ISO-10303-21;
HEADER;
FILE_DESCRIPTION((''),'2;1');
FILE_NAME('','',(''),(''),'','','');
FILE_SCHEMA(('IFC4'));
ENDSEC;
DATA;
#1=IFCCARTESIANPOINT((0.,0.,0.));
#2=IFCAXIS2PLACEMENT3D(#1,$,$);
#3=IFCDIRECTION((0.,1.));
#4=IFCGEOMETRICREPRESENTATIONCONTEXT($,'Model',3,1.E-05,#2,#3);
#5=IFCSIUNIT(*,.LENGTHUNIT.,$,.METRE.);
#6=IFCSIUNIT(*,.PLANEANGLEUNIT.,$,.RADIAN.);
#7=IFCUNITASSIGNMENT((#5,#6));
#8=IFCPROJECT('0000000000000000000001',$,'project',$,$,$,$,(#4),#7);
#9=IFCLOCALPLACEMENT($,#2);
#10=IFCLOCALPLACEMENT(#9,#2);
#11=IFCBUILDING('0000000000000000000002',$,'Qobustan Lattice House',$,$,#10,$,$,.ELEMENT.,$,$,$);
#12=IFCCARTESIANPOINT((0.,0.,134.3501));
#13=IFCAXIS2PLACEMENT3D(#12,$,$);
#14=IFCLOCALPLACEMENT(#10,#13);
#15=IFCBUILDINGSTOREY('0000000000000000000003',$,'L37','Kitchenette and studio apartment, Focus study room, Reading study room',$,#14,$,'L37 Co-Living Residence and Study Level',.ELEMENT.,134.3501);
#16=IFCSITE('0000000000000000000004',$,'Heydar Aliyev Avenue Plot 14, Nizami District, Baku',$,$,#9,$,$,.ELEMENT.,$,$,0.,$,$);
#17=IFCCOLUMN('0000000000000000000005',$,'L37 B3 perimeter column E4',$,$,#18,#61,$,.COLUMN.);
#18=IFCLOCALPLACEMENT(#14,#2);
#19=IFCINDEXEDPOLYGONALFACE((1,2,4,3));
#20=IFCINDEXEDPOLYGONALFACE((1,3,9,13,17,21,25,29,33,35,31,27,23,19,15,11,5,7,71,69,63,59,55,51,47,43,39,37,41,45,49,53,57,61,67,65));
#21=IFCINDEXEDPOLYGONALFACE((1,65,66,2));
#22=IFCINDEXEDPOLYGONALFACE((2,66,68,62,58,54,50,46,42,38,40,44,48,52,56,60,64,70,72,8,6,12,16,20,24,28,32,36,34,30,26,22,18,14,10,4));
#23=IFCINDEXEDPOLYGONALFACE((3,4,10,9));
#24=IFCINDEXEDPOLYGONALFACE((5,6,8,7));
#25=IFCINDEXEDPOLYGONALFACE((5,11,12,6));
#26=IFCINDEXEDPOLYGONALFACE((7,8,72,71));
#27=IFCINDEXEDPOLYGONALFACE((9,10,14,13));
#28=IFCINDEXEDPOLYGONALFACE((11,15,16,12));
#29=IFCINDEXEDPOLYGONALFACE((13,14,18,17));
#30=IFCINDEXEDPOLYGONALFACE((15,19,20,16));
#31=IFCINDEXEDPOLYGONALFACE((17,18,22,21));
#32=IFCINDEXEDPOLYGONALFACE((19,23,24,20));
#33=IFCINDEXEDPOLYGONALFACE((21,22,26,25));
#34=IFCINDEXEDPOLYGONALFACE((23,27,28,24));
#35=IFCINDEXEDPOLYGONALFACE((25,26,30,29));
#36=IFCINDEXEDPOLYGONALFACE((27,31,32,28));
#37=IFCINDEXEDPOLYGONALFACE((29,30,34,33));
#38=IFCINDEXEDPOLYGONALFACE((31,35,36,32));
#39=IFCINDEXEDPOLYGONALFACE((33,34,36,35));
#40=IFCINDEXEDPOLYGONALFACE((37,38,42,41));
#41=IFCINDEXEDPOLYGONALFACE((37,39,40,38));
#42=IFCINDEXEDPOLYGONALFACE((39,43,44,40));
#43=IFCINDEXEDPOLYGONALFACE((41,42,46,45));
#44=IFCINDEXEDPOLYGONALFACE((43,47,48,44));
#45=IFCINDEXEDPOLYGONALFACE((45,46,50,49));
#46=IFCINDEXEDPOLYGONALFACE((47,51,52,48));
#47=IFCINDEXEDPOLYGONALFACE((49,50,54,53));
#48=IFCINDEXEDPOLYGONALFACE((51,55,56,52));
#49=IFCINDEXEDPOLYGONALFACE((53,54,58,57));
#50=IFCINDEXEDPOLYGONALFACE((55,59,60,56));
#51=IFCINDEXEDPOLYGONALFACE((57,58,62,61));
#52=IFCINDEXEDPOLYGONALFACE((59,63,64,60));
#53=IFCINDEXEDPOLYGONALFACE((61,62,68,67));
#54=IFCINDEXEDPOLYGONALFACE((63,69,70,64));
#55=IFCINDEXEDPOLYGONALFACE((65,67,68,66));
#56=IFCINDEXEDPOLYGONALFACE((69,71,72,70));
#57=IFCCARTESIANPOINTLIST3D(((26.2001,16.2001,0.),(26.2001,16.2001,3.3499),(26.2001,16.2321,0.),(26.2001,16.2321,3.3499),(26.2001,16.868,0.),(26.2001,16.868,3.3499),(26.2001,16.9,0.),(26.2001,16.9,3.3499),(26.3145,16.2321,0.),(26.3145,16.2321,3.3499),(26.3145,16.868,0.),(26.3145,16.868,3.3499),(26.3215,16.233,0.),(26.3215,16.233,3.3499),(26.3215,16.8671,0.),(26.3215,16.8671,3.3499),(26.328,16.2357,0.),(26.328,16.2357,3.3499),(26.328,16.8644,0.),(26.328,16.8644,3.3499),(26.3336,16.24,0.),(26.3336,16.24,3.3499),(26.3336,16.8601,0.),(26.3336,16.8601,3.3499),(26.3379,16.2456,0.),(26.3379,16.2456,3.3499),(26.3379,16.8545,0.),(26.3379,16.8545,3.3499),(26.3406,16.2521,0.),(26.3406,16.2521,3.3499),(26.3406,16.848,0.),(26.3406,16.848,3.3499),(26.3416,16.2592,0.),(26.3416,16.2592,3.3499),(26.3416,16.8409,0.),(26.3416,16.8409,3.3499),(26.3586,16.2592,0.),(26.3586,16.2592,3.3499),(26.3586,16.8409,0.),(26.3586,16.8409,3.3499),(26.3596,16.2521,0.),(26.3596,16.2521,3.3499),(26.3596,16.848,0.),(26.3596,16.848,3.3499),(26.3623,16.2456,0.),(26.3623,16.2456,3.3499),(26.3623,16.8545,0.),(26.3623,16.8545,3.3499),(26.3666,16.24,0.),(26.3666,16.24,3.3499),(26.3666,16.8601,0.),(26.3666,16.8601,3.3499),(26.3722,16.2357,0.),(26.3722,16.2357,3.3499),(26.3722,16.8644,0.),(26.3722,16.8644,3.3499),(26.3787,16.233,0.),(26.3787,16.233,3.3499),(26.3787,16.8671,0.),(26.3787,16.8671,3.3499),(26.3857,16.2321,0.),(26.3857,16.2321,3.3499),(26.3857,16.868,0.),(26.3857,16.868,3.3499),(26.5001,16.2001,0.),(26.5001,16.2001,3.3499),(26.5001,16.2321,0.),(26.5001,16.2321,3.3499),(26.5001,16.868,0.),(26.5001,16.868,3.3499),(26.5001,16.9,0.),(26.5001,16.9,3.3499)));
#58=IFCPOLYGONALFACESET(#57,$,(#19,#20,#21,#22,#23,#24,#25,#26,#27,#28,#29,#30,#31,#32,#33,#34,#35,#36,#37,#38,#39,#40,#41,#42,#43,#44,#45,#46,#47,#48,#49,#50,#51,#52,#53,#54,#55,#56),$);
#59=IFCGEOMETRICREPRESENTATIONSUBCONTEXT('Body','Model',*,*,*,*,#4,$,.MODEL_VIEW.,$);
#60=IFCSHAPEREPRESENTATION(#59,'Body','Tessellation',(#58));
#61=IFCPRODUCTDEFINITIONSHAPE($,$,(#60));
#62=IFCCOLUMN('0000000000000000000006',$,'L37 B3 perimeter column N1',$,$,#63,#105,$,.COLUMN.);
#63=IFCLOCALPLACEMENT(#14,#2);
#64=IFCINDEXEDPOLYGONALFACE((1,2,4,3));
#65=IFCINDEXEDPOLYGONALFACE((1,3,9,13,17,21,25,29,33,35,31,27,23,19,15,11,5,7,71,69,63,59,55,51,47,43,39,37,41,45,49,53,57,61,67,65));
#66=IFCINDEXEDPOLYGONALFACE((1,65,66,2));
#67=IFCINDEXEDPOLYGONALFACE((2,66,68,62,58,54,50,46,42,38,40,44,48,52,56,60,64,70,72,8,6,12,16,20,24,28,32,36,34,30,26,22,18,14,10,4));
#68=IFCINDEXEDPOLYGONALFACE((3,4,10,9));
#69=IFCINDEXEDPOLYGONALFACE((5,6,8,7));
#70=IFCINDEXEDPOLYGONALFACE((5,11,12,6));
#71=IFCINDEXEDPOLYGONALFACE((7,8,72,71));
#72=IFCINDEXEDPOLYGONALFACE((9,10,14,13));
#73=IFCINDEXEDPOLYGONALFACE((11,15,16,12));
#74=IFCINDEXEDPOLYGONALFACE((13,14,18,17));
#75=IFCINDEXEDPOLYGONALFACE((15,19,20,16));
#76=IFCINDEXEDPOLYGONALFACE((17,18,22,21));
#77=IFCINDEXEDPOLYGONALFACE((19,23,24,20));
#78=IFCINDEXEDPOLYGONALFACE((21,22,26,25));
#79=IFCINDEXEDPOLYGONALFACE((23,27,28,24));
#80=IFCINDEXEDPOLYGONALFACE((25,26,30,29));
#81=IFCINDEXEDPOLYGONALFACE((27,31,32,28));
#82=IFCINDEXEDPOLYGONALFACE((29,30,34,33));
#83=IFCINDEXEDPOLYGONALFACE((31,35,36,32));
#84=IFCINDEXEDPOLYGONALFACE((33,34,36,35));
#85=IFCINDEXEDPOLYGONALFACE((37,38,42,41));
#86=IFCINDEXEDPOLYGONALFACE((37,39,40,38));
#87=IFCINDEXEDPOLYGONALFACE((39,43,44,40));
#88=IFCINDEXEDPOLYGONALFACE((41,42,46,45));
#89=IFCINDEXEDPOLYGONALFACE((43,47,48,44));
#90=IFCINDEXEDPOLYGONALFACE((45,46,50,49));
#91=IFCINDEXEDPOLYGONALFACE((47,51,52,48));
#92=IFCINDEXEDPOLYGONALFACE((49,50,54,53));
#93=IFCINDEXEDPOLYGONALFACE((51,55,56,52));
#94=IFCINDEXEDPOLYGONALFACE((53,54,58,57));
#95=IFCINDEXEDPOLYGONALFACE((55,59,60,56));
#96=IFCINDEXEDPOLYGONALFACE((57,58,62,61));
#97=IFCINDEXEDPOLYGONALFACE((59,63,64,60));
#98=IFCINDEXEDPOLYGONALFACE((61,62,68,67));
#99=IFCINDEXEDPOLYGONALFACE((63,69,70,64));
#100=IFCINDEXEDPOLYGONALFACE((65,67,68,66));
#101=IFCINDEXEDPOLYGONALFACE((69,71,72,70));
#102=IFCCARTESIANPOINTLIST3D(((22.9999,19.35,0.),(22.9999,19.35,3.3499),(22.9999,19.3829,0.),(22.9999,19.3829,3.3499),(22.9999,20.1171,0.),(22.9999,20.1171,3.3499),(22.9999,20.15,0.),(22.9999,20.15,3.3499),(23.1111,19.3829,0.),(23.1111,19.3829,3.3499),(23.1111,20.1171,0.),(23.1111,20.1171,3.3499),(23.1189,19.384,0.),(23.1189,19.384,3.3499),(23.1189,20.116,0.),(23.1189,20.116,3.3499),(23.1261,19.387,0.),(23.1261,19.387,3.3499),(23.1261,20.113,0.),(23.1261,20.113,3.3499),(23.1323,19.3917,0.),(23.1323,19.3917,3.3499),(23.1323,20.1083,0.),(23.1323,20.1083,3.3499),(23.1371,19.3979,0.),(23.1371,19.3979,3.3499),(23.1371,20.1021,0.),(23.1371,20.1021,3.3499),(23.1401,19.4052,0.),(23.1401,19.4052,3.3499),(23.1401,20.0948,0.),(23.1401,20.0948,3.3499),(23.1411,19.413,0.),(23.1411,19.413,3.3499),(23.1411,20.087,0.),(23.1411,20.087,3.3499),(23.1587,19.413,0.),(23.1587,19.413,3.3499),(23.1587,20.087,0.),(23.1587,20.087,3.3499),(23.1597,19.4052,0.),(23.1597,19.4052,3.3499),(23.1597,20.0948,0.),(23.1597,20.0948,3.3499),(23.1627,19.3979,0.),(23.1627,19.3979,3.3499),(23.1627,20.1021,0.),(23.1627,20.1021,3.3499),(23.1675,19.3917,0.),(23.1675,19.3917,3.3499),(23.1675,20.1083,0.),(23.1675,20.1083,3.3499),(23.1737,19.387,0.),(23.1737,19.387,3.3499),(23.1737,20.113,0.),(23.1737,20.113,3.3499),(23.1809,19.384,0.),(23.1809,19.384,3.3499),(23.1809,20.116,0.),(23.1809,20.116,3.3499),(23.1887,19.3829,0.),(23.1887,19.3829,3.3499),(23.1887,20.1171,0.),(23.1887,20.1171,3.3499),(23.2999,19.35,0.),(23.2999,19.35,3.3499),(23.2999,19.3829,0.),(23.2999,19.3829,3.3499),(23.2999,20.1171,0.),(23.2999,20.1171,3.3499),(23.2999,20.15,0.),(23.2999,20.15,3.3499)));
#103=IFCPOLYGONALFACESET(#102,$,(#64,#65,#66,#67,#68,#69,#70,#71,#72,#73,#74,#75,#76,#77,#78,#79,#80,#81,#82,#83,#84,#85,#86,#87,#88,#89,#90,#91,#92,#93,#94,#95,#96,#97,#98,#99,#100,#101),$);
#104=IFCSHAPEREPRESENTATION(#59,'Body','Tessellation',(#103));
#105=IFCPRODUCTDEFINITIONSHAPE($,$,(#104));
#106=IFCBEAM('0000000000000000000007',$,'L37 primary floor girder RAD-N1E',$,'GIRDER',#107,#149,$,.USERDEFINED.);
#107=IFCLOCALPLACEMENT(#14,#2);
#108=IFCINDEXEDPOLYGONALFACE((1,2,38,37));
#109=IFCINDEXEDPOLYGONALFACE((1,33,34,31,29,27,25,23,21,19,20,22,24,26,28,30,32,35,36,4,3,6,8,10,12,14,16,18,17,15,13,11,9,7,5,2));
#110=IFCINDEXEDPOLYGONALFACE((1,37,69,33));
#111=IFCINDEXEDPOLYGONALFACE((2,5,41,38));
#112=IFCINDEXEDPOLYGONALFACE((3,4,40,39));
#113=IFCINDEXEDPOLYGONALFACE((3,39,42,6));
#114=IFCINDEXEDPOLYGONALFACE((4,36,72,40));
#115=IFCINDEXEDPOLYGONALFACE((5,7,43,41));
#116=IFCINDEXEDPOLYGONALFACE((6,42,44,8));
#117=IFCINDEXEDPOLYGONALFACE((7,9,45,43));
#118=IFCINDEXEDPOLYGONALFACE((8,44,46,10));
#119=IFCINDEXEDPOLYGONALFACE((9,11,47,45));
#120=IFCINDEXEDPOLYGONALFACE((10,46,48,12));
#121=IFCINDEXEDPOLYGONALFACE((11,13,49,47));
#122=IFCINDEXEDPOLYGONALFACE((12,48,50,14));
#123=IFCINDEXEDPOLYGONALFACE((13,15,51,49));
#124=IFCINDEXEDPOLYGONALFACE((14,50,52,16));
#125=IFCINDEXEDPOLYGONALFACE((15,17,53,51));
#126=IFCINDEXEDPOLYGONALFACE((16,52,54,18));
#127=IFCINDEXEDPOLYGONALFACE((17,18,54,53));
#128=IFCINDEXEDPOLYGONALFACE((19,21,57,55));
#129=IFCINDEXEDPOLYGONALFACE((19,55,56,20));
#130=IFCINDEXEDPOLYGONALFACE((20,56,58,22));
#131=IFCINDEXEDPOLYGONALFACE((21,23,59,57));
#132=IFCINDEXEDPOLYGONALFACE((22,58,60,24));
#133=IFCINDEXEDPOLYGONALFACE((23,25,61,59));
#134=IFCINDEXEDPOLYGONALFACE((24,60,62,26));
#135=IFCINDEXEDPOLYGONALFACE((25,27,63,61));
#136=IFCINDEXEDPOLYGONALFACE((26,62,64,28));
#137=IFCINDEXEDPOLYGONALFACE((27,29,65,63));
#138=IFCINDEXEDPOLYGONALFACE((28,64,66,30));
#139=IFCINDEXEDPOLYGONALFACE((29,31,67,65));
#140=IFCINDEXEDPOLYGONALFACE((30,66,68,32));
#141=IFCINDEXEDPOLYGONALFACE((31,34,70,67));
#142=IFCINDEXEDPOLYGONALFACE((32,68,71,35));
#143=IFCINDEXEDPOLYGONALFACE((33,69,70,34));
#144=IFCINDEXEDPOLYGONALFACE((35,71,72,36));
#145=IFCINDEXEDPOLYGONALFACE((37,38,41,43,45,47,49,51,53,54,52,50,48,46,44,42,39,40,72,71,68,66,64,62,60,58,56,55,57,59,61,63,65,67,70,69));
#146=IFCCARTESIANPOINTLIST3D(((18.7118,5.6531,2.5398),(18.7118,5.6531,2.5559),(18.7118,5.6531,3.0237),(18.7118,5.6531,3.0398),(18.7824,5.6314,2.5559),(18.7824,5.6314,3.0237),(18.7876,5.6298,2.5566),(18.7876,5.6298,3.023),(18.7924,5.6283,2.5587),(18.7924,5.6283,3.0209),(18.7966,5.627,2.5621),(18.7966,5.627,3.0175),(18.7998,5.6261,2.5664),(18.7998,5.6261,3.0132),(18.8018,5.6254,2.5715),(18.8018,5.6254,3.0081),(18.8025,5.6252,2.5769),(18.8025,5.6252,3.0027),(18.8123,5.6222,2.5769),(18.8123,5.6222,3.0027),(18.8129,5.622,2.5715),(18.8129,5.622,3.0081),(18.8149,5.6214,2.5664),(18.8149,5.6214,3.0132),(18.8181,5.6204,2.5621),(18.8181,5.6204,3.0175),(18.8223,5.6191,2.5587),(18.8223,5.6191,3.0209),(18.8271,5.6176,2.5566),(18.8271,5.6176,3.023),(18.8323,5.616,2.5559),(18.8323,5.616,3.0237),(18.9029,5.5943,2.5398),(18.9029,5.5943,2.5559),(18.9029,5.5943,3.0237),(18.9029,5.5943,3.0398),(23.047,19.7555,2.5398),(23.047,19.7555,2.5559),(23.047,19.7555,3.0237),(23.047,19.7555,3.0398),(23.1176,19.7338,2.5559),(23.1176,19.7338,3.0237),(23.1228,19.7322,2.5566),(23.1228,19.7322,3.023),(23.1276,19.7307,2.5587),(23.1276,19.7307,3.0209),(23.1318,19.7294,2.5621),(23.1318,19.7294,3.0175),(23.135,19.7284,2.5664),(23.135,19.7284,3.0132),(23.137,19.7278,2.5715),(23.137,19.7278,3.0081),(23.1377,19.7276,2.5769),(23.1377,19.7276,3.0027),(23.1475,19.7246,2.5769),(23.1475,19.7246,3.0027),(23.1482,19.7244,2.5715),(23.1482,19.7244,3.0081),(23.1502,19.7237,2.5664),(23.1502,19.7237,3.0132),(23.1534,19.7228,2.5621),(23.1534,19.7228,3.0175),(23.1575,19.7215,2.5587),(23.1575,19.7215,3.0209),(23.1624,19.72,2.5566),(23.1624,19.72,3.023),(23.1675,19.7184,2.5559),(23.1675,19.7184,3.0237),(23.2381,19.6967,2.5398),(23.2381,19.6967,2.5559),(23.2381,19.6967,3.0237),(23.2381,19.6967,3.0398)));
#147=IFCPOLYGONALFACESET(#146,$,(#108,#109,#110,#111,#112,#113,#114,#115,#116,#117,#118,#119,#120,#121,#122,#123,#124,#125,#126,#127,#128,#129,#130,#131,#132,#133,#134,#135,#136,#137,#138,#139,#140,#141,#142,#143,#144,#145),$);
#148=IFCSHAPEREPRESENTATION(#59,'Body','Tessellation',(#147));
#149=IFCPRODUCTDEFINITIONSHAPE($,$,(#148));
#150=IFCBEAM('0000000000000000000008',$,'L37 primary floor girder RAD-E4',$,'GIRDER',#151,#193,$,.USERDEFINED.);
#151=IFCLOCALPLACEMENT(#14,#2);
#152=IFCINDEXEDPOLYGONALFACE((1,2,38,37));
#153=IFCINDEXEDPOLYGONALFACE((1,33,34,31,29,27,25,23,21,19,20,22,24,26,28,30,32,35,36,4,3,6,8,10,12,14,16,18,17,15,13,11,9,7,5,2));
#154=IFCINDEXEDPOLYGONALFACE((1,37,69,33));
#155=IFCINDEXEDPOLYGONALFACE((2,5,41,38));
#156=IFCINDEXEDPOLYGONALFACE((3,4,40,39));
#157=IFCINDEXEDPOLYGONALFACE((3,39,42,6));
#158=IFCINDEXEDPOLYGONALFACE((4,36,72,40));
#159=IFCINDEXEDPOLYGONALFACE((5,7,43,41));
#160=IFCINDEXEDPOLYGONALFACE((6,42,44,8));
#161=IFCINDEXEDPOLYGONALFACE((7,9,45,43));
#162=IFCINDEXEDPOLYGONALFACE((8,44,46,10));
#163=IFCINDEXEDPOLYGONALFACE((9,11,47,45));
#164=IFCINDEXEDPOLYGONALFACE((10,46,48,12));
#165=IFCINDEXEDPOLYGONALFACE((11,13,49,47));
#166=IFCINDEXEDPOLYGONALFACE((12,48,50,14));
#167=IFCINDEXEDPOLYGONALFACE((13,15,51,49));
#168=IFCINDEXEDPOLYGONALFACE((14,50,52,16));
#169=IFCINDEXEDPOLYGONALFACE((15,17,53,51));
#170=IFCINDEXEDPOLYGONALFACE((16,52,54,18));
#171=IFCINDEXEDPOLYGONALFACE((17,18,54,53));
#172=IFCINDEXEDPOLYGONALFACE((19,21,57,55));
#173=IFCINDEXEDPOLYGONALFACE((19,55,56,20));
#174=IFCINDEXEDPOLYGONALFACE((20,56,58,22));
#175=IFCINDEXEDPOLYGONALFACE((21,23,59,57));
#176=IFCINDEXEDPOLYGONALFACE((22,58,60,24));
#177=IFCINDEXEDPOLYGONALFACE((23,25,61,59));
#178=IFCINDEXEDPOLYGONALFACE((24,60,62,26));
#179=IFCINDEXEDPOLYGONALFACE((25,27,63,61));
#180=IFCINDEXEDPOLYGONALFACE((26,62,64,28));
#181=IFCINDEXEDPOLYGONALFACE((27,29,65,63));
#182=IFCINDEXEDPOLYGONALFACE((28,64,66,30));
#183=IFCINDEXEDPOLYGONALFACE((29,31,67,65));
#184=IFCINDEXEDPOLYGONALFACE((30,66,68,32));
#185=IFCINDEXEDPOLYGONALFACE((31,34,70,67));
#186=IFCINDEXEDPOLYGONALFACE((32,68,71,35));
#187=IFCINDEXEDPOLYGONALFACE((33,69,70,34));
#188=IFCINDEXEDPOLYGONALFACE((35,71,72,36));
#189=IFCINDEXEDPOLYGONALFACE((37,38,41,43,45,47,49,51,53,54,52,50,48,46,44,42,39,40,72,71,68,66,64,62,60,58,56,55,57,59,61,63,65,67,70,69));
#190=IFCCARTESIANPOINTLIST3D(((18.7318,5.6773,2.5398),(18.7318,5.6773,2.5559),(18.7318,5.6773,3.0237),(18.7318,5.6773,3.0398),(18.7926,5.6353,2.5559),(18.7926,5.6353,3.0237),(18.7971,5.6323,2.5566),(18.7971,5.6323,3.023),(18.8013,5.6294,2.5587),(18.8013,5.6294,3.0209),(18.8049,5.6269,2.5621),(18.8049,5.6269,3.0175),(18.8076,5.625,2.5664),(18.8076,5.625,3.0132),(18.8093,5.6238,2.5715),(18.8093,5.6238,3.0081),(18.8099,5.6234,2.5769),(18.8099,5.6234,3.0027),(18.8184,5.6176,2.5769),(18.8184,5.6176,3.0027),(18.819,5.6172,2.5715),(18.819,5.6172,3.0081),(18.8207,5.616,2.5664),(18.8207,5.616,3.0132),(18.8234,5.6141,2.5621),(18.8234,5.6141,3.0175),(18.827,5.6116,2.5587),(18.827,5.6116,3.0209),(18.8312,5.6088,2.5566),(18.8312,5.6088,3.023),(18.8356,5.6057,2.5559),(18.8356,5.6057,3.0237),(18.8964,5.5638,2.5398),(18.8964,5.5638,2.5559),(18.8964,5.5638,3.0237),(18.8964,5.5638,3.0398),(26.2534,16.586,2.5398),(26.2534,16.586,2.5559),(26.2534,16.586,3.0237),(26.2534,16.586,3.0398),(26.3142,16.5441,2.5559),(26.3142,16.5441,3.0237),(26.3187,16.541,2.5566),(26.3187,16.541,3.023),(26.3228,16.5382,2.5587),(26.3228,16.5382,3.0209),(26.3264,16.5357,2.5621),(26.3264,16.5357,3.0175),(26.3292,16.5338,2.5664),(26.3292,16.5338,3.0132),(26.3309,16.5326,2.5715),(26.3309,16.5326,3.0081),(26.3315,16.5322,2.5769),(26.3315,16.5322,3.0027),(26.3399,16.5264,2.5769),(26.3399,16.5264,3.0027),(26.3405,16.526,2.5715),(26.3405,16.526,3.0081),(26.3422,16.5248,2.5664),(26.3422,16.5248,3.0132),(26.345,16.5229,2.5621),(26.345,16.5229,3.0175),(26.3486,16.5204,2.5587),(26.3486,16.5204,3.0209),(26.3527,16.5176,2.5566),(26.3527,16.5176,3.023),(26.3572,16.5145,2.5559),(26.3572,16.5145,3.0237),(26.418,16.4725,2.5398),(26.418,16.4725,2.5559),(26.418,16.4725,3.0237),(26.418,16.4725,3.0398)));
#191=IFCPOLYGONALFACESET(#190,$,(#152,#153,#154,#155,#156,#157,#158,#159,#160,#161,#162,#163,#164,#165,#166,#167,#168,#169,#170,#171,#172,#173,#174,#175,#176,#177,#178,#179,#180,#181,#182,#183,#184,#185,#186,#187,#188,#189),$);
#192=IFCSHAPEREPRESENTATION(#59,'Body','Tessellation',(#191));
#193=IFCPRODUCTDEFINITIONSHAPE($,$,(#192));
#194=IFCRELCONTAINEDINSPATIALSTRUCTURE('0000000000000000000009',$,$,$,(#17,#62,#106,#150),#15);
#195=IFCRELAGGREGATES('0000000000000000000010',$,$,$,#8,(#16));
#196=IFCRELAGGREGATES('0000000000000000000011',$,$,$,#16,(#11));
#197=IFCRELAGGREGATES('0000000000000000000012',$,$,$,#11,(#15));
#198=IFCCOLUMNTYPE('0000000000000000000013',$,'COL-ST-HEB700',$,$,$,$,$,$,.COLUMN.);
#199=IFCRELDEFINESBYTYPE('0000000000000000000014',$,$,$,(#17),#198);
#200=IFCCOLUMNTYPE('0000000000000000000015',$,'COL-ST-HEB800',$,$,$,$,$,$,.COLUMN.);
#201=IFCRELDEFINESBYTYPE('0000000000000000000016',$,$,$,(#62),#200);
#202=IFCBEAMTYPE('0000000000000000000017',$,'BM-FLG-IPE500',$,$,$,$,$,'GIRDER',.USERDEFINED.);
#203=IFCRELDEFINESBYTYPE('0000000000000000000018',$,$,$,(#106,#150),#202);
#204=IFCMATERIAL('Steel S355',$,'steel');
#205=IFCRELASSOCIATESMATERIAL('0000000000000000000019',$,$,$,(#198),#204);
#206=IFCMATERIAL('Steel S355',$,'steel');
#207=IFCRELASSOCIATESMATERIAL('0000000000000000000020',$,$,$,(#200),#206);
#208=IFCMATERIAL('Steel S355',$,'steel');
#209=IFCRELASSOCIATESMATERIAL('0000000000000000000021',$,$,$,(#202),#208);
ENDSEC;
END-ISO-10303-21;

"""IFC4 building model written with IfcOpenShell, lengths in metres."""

from ifc_helpers import new_model, si_unit, direction, frame, origin, origin_2d, place, context, subcontext, project, spatial, i_section, extrude, material, material_profile, profile_set, type_object, element, save


model = new_model("IFC4")

# Units and contexts
model_context = context("Model", 3, precision=1e-05, world=origin(), true_north=direction((0.0, 1.0)))
body_context = subcontext(model_context, "Body", "Model", "MODEL_VIEW")
ifc_project = project(units=[si_unit("LENGTHUNIT", "METRE"), si_unit("PLANEANGLEUNIT", "RADIAN")], contexts=[model_context])

# Site, building, storey
site_placement = place(None, origin())
site = spatial("IfcSite", under=ifc_project, at=site_placement, Name="Heydar Aliyev Avenue Plot 14, Nizami District, Baku", CompositionType="ELEMENT", RefElevation=0.0)
building_placement = place(site_placement, origin())
building = spatial("IfcBuilding", under=site, at=building_placement, Name="Qobustan Lattice House", CompositionType="ELEMENT")
storey_placement = place(building_placement, frame((0.0, 0.0, 134.3501)))
storey = spatial("IfcBuildingStorey", under=building, at=storey_placement, Name="L37", Description="Kitchenette and studio apartment, Focus study room, Reading study room", LongName="L37 Co-Living Residence and Study Level", CompositionType="ELEMENT", Elevation=134.3501)

# Columns
ifc_material_1 = material(Name="Steel S355", Category="steel")
ifc_material_profile_1 = material_profile(ifc_material_1, i_section(OverallWidth=0.3, OverallDepth=0.7, WebThickness=0.0171, FlangeThickness=0.032, FilletRadius=0.0271, at=origin_2d()), Name="HEB700")
ifc_profile_set_1 = profile_set([ifc_material_profile_1], Name="Steel S355")
column_type_1 = type_object("IfcColumnType", Name="COL-ST-HEB700", PredefinedType="COLUMN", material=ifc_profile_set_1)
column_1_placement = place(storey_placement, frame((26.3501, 16.55, 0.0), z_axis=(0.0, 0.0, 1.0), x_axis=(1.0, 0.0, 0.0)))
element("IfcColumn", 1, at=column_1_placement, inside=storey, type_object=column_type_1, Name="L37 B3 perimeter column E4", PredefinedType="COLUMN", context=body_context, shape_type="SweptSolid", body=[
    extrude(i_section(OverallWidth=0.3, OverallDepth=0.7, WebThickness=0.0171, FlangeThickness=0.032, FilletRadius=0.0271, at=origin_2d()), origin(), (0.0, 0.0, 1.0), 3.3499),
])
ifc_material_2 = material(Name="Steel S355", Category="steel")
ifc_material_profile_2 = material_profile(ifc_material_2, i_section(OverallWidth=0.3, OverallDepth=0.8, WebThickness=0.0176, FlangeThickness=0.033, FilletRadius=0.03, at=origin_2d()), Name="HEB800")
ifc_profile_set_2 = profile_set([ifc_material_profile_2], Name="Steel S355")
column_type_2 = type_object("IfcColumnType", Name="COL-ST-HEB800", PredefinedType="COLUMN", material=ifc_profile_set_2)
column_2_placement = place(storey_placement, frame((23.1499, 19.75, 0.0), z_axis=(0.0, 0.0, 1.0), x_axis=(1.0, 0.0, 0.0)))
element("IfcColumn", 2, at=column_2_placement, inside=storey, type_object=column_type_2, Name="L37 B3 perimeter column N1", PredefinedType="COLUMN", context=body_context, shape_type="SweptSolid", body=[
    extrude(i_section(OverallWidth=0.3, OverallDepth=0.8, WebThickness=0.0176, FlangeThickness=0.033, FilletRadius=0.03, at=origin_2d()), origin(), (0.0, 0.0, 1.0), 3.3499),
])

# Beams
ifc_material_3 = material(Name="Steel S355", Category="steel")
ifc_material_profile_3 = material_profile(ifc_material_3, i_section(OverallWidth=0.2, OverallDepth=0.5, WebThickness=0.0103, FlangeThickness=0.0161, FilletRadius=0.021, at=origin_2d()), Name="IPE500")
ifc_profile_set_3 = profile_set([ifc_material_profile_3], Name="Steel S355")
beam_type_1 = type_object("IfcBeamType", Name="BM-FLG-IPE500", ElementType="GIRDER", PredefinedType="USERDEFINED", material=ifc_profile_set_3)
beam_1_placement = place(storey_placement, frame((23.1426, 19.7261, 2.7898), z_axis=(-0.29384, -0.955854, 0.0), x_axis=(0.955854, -0.29384, 0.0)))
element("IfcBeam", 3, at=beam_1_placement, inside=storey, type_object=beam_type_1, Name="L37 primary floor girder RAD-N1E", ObjectType="GIRDER", PredefinedType="USERDEFINED", context=body_context, shape_type="SweptSolid", body=[
    extrude(i_section(OverallWidth=0.2, OverallDepth=0.5, WebThickness=0.0103, FlangeThickness=0.0161, FilletRadius=0.021, at=origin_2d()), origin(), (0.0, 0.0, 1.0), 14.7537),
])
beam_2_placement = place(storey_placement, frame((26.3357, 16.5293, 2.7898), z_axis=(-0.567643, -0.823275, 0.0), x_axis=(0.823275, -0.567643, 0.0)))
element("IfcBeam", 4, at=beam_2_placement, inside=storey, type_object=beam_type_1, Name="L37 primary floor girder RAD-E4", ObjectType="GIRDER", PredefinedType="USERDEFINED", context=body_context, shape_type="SweptSolid", body=[
    extrude(i_section(OverallWidth=0.2, OverallDepth=0.5, WebThickness=0.0103, FlangeThickness=0.0161, FilletRadius=0.021, at=origin_2d()), origin(), (0.0, 0.0, 1.0), 13.2505),
])

save(model, "model.ifc")
